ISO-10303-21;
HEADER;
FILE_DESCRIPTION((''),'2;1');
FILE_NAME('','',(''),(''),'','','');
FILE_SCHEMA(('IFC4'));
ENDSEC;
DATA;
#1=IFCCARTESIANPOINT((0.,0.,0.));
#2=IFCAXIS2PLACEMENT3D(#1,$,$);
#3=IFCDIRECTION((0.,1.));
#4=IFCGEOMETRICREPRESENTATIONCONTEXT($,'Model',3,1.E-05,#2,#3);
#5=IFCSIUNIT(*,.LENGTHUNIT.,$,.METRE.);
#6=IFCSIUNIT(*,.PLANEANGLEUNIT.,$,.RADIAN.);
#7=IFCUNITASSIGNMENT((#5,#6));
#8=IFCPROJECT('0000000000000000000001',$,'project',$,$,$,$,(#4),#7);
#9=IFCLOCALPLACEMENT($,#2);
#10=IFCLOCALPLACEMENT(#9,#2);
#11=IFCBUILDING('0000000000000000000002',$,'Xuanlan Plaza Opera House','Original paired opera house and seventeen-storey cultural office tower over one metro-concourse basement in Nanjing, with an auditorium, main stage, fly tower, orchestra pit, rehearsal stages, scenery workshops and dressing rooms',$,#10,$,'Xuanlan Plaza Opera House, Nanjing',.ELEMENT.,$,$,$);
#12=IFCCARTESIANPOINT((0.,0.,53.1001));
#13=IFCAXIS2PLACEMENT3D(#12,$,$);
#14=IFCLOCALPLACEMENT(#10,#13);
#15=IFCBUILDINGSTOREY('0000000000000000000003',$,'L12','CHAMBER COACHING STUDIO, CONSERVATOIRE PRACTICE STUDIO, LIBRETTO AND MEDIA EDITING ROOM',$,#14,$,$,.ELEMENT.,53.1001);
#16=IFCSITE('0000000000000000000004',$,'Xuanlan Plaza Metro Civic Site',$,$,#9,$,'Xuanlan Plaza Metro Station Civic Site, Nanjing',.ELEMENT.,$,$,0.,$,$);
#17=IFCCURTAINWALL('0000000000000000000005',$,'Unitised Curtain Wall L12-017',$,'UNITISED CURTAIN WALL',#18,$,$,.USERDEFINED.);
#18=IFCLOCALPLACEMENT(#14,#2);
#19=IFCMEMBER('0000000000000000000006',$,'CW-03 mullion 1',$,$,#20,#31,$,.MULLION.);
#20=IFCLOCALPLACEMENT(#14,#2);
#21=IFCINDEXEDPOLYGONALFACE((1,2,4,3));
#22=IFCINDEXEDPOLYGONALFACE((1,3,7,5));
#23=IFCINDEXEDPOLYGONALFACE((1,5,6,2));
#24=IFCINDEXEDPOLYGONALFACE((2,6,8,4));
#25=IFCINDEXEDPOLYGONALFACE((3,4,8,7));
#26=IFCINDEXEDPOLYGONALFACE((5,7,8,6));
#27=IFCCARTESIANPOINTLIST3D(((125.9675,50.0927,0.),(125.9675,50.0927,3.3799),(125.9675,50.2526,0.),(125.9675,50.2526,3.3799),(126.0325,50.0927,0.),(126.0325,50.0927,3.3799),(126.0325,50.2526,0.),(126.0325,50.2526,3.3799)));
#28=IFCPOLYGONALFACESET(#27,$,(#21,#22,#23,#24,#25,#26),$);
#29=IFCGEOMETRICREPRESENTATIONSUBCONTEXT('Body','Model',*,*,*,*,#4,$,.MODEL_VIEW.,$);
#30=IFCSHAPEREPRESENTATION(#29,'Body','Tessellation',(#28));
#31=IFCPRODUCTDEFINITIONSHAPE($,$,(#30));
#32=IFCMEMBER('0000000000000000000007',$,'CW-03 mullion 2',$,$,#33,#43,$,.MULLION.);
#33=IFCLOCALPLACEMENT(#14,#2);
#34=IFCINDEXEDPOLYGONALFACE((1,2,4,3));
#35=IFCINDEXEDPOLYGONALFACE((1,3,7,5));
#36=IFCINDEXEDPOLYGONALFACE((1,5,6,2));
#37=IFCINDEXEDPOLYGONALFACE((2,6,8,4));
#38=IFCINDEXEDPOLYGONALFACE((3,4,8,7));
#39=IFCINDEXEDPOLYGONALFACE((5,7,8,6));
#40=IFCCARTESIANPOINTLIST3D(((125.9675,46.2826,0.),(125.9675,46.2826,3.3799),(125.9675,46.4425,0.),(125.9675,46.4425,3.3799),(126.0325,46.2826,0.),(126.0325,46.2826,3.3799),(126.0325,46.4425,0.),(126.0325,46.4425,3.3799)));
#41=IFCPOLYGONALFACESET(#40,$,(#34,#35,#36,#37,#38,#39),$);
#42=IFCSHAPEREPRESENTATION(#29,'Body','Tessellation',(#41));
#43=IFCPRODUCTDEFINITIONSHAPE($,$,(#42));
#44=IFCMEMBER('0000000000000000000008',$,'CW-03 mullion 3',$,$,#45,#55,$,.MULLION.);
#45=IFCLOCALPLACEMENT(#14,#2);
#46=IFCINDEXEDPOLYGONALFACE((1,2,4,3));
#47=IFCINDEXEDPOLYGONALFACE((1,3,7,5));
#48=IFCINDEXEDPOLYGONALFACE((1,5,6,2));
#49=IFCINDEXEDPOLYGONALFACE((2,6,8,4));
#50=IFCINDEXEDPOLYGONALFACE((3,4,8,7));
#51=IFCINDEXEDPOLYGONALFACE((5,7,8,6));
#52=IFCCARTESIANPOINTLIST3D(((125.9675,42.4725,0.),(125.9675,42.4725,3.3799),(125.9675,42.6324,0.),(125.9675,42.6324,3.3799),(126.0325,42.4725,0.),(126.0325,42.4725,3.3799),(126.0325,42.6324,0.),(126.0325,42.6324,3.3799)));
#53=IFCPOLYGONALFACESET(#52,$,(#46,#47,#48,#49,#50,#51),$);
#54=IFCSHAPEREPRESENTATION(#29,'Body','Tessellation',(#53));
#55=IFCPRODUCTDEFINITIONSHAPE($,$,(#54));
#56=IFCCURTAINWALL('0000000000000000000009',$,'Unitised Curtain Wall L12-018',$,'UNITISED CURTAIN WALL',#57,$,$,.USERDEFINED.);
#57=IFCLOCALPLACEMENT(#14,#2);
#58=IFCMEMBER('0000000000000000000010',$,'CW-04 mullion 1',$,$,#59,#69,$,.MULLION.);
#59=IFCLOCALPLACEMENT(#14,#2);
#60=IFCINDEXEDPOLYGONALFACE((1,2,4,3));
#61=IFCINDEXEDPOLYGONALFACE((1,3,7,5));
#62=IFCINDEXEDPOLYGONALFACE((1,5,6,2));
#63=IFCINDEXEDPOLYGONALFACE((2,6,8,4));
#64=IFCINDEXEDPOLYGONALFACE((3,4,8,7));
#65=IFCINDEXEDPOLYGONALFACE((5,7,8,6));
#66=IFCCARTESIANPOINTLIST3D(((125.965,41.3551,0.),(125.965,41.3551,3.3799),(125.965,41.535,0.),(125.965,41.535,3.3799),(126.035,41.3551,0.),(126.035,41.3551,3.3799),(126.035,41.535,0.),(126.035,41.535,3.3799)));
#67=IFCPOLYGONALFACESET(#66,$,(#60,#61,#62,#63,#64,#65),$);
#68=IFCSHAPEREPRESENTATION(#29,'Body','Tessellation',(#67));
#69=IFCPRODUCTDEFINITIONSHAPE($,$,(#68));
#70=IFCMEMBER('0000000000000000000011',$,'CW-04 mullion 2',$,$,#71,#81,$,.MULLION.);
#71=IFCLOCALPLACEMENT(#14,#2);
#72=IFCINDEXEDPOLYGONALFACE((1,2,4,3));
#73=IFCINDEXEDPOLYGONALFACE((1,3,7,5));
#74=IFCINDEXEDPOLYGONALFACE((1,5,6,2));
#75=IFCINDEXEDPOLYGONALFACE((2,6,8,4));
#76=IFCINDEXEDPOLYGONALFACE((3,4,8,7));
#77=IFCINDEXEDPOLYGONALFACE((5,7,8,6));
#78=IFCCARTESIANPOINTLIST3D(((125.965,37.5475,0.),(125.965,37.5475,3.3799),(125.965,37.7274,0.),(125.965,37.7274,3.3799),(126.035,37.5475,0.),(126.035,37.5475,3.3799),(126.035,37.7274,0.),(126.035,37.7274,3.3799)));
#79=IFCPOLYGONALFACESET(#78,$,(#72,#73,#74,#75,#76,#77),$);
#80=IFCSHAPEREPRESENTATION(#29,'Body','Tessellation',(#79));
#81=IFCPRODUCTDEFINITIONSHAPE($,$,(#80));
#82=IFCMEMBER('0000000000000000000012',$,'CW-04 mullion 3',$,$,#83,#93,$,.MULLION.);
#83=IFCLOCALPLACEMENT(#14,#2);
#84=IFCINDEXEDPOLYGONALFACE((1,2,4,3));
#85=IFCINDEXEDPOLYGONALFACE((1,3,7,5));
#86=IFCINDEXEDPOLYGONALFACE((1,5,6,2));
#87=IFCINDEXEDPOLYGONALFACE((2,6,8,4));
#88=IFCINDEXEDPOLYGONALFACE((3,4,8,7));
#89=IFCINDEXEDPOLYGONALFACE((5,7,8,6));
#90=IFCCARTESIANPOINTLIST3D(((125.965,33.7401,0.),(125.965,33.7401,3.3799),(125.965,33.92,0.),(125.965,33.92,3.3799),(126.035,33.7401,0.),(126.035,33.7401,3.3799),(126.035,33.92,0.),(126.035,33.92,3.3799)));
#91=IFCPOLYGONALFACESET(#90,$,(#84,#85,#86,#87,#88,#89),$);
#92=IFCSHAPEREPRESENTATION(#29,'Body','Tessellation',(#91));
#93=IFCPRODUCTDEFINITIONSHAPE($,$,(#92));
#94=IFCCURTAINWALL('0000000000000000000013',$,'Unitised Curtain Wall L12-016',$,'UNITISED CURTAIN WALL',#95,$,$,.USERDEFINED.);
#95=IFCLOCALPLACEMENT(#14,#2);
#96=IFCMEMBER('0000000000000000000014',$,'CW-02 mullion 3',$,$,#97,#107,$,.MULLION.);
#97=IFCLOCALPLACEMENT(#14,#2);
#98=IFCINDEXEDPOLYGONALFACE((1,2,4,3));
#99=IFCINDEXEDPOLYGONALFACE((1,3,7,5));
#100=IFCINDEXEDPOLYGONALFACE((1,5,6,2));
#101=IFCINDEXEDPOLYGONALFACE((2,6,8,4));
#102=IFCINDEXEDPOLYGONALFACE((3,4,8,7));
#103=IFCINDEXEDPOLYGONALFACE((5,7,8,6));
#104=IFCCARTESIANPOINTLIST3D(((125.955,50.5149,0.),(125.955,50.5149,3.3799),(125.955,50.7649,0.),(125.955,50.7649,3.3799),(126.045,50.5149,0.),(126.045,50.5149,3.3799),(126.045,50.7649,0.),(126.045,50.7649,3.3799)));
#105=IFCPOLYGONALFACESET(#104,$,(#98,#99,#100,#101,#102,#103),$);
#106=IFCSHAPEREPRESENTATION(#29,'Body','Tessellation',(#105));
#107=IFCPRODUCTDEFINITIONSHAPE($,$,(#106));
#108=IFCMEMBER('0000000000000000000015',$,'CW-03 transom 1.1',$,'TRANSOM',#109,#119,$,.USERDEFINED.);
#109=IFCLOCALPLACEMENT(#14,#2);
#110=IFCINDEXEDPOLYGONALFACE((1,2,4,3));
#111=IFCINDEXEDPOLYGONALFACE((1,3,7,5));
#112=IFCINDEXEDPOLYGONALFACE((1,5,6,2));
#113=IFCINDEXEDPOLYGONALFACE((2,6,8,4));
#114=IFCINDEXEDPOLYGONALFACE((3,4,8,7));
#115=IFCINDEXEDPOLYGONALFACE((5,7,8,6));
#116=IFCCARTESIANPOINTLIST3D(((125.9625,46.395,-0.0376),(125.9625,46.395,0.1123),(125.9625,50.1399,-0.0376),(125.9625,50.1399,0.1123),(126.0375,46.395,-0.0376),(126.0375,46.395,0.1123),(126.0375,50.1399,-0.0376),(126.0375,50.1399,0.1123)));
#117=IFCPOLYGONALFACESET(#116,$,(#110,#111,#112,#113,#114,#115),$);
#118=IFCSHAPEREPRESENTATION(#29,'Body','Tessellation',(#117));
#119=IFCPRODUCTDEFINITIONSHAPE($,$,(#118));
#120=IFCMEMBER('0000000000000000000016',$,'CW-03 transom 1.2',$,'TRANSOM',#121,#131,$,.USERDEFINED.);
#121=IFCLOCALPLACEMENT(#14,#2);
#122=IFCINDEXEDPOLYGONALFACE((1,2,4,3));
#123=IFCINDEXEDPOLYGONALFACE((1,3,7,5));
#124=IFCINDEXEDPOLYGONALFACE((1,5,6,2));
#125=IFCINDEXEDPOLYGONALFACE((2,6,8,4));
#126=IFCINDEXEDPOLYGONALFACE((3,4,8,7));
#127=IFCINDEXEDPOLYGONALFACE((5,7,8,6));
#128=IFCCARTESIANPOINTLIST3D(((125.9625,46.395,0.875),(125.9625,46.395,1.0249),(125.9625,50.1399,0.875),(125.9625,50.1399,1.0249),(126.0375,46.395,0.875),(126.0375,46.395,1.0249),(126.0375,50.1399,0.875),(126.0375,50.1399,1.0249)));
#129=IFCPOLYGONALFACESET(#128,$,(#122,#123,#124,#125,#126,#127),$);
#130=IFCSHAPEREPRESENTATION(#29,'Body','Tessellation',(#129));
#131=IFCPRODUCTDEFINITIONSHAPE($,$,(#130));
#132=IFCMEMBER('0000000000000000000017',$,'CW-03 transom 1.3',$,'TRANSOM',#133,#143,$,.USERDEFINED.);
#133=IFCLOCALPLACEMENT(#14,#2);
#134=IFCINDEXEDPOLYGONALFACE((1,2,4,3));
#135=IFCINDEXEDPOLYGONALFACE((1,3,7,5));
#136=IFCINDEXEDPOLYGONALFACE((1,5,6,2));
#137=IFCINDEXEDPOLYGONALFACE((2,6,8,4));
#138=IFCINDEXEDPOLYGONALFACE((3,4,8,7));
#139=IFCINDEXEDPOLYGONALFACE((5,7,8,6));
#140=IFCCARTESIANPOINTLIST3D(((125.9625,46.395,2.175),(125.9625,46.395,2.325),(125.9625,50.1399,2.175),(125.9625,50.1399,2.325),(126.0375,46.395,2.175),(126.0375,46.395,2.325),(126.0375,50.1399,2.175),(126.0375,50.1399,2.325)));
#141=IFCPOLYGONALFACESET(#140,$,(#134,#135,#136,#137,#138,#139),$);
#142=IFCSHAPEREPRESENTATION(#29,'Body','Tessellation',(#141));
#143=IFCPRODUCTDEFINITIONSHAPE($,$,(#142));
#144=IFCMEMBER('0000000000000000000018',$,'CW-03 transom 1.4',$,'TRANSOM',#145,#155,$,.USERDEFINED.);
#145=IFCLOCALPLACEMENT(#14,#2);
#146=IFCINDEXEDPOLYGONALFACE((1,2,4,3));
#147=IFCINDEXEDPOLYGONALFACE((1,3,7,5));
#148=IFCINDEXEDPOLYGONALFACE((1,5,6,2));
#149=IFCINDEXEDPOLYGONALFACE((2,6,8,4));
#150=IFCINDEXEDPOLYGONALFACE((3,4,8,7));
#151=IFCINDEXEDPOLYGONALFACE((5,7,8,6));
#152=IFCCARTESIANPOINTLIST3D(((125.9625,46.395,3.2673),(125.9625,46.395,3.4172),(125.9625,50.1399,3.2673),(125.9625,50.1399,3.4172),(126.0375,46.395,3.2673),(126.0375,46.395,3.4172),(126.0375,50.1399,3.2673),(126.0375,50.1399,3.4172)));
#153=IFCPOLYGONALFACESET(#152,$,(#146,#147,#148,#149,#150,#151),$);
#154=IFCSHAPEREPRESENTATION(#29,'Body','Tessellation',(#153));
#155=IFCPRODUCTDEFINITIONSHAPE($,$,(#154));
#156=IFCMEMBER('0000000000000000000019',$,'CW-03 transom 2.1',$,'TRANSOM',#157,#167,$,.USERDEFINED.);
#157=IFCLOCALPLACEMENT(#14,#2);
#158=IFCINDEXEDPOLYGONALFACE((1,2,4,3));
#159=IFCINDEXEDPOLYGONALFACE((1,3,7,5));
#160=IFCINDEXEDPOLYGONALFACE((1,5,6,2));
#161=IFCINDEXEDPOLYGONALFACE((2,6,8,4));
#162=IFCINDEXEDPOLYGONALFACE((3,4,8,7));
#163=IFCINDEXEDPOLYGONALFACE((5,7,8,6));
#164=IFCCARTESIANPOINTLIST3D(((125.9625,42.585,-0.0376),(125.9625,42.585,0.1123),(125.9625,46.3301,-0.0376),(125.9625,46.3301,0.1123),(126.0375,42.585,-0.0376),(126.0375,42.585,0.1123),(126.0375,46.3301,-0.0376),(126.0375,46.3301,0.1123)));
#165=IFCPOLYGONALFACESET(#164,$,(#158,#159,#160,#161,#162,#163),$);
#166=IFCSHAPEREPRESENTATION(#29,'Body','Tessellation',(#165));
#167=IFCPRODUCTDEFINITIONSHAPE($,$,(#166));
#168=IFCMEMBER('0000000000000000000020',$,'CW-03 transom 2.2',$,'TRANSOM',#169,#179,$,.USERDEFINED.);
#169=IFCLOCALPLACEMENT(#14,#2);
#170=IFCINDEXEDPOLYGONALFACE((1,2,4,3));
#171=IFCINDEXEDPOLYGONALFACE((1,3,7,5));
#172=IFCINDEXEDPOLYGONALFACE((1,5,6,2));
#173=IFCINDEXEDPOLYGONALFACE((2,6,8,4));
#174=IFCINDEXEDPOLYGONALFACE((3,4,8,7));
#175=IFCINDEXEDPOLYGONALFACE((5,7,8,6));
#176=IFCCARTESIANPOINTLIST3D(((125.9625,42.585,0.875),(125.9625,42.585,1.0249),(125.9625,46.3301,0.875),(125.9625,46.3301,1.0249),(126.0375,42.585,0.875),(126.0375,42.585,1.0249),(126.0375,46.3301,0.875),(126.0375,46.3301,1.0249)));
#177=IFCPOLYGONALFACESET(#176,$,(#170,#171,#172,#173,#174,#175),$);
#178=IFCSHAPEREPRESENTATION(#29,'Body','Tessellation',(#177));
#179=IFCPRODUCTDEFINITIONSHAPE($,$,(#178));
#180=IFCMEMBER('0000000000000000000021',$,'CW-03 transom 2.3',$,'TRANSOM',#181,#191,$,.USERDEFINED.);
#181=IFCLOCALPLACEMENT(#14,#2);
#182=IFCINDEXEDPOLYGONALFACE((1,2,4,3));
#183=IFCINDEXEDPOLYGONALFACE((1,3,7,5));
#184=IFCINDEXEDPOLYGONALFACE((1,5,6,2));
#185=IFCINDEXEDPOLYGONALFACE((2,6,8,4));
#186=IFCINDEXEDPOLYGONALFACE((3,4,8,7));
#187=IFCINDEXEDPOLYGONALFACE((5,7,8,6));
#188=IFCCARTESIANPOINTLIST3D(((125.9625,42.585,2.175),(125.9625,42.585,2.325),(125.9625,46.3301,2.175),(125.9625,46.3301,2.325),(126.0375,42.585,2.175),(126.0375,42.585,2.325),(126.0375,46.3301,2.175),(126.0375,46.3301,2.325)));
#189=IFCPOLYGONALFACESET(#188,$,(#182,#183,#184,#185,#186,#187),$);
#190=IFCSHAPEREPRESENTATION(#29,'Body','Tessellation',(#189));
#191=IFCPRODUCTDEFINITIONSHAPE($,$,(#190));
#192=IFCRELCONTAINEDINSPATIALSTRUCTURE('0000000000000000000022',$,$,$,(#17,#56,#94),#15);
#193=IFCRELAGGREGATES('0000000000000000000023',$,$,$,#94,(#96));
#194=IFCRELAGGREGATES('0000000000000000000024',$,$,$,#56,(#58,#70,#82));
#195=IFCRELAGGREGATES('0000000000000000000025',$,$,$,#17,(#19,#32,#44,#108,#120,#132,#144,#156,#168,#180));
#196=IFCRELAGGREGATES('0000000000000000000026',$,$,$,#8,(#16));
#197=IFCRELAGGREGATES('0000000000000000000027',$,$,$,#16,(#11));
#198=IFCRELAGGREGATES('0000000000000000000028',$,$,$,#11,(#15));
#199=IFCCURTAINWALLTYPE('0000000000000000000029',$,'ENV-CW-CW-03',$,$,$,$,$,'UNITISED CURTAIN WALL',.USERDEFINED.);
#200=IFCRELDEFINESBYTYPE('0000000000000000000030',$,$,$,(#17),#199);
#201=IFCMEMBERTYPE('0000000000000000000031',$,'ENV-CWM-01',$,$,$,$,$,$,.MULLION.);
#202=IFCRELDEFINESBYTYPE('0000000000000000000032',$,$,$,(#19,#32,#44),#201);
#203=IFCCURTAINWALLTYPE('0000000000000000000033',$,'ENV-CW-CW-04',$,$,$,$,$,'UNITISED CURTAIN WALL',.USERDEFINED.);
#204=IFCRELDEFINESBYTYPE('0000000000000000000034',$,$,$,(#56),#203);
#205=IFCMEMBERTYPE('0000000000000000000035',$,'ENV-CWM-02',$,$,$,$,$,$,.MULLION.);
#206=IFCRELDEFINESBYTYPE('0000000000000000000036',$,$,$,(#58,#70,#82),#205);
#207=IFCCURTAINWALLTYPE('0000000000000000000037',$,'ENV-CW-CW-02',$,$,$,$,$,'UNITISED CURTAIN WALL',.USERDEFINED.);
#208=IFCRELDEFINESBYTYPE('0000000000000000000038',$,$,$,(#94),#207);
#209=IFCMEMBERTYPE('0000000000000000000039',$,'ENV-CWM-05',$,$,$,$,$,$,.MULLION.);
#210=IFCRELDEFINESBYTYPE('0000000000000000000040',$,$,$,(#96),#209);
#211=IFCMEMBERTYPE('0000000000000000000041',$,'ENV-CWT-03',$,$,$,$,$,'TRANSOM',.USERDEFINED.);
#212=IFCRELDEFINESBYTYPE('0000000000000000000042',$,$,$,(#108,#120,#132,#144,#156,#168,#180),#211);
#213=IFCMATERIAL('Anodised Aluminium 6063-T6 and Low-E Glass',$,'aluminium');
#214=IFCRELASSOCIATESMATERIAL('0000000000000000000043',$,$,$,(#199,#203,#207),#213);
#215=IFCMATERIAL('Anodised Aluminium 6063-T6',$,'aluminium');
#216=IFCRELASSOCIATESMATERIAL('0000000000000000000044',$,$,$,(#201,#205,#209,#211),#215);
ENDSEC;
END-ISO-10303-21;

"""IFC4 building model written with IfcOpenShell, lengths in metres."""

from ifc_helpers import new_model, si_unit, direction, frame, origin, origin_2d, place, context, subcontext, project, spatial, rectangle, extrude, material, material_profile, profile_set, type_object, element, aggregate, save


model = new_model("IFC4")

# Units and contexts
model_context = context("Model", 3, precision=1e-05, world=origin(), true_north=direction((0.0, 1.0)))
body_context = subcontext(model_context, "Body", "Model", "MODEL_VIEW")
ifc_project = project(units=[si_unit("LENGTHUNIT", "METRE"), si_unit("PLANEANGLEUNIT", "RADIAN")], contexts=[model_context])

# Site, building, storey
site_placement = place(None, origin())
site = spatial("IfcSite", under=ifc_project, at=site_placement, Name="Xuanlan Plaza Metro Civic Site", LongName="Xuanlan Plaza Metro Station Civic Site, Nanjing", CompositionType="ELEMENT", RefElevation=0.0)
building_placement = place(site_placement, origin())
building = spatial("IfcBuilding", under=site, at=building_placement, Name="Xuanlan Plaza Opera House", Description="Original paired opera house and seventeen-storey cultural office tower over one metro-concourse basement in Nanjing, with an auditorium, main stage, fly tower, orchestra pit, rehearsal stages, scenery workshops and dressing rooms", LongName="Xuanlan Plaza Opera House, Nanjing", CompositionType="ELEMENT")
storey_placement = place(building_placement, frame((0.0, 0.0, 53.1001)))
storey = spatial("IfcBuildingStorey", under=building, at=storey_placement, Name="L12", Description="CHAMBER COACHING STUDIO, CONSERVATOIRE PRACTICE STUDIO, LIBRETTO AND MEDIA EDITING ROOM", CompositionType="ELEMENT", Elevation=53.1001)

# Curtain walls, members
ifc_material_1 = material(Name="Anodised Aluminium 6063-T6 and Low-E Glass", Category="aluminium")
curtain_wall_type_1 = type_object("IfcCurtainWallType", Name="ENV-CW-CW-03", ElementType="UNITISED CURTAIN WALL", PredefinedType="USERDEFINED", material=ifc_material_1)
curtain_wall_1_placement = place(storey_placement, origin())
curtain_wall_1 = element("IfcCurtainWall", 1, at=curtain_wall_1_placement, inside=storey, type_object=curtain_wall_type_1, Name="Unitised Curtain Wall L12-017", ObjectType="UNITISED CURTAIN WALL", PredefinedType="USERDEFINED")
ifc_material_2 = material(Name="Anodised Aluminium 6063-T6", Category="aluminium")
ifc_material_profile_1 = material_profile(ifc_material_2, rectangle(XDim=0.0649, YDim=0.1599, at=origin_2d()), Name="ALU-M 65x160")
ifc_profile_set_1 = profile_set([ifc_material_profile_1], Name="Anodised Aluminium 6063-T6")
member_type_1 = type_object("IfcMemberType", Name="ENV-CWM-01", PredefinedType="MULLION", material=ifc_profile_set_1)
member_1_placement = place(storey_placement, frame((126.0, 50.1726, 0.0), z_axis=(0.0, 0.0, 1.0), x_axis=(1.0, 0.0, 0.0)))
member_1 = element("IfcMember", 2, at=member_1_placement, type_object=member_type_1, Name="CW-03 mullion 1", PredefinedType="MULLION", context=body_context, shape_type="SweptSolid", body=[
    extrude(rectangle(XDim=0.0649, YDim=0.1599, at=origin_2d()), origin(), (0.0, 0.0, 1.0), 3.3799),
])
member_2_placement = place(storey_placement, frame((126.0, 46.3625, 0.0), z_axis=(0.0, 0.0, 1.0), x_axis=(1.0, 0.0, 0.0)))
member_2 = element("IfcMember", 3, at=member_2_placement, type_object=member_type_1, Name="CW-03 mullion 2", PredefinedType="MULLION", context=body_context, shape_type="SweptSolid", body=[
    extrude(rectangle(XDim=0.0649, YDim=0.1599, at=origin_2d()), origin(), (0.0, 0.0, 1.0), 3.3799),
])
member_3_placement = place(storey_placement, frame((126.0, 42.5525, 0.0), z_axis=(0.0, 0.0, 1.0), x_axis=(1.0, 0.0, 0.0)))
member_3 = element("IfcMember", 4, at=member_3_placement, type_object=member_type_1, Name="CW-03 mullion 3", PredefinedType="MULLION", context=body_context, shape_type="SweptSolid", body=[
    extrude(rectangle(XDim=0.0649, YDim=0.1599, at=origin_2d()), origin(), (0.0, 0.0, 1.0), 3.3799),
])
curtain_wall_type_2 = type_object("IfcCurtainWallType", Name="ENV-CW-CW-04", ElementType="UNITISED CURTAIN WALL", PredefinedType="USERDEFINED", material=ifc_material_1)
curtain_wall_2_placement = place(storey_placement, origin())
curtain_wall_2 = element("IfcCurtainWall", 5, at=curtain_wall_2_placement, inside=storey, type_object=curtain_wall_type_2, Name="Unitised Curtain Wall L12-018", ObjectType="UNITISED CURTAIN WALL", PredefinedType="USERDEFINED")
ifc_material_profile_2 = material_profile(ifc_material_2, rectangle(XDim=0.0701, YDim=0.1799, at=origin_2d()), Name="ALU-M 70x180")
ifc_profile_set_2 = profile_set([ifc_material_profile_2], Name="Anodised Aluminium 6063-T6")
member_type_2 = type_object("IfcMemberType", Name="ENV-CWM-02", PredefinedType="MULLION", material=ifc_profile_set_2)
member_4_placement = place(storey_placement, frame((126.0, 41.4451, 0.0), z_axis=(0.0, 0.0, 1.0), x_axis=(1.0, 0.0, 0.0)))
member_4 = element("IfcMember", 6, at=member_4_placement, type_object=member_type_2, Name="CW-04 mullion 1", PredefinedType="MULLION", context=body_context, shape_type="SweptSolid", body=[
    extrude(rectangle(XDim=0.0701, YDim=0.1799, at=origin_2d()), origin(), (0.0, 0.0, 1.0), 3.3799),
])
member_5_placement = place(storey_placement, frame((126.0, 37.6375, 0.0), z_axis=(0.0, 0.0, 1.0), x_axis=(1.0, 0.0, 0.0)))
member_5 = element("IfcMember", 7, at=member_5_placement, type_object=member_type_2, Name="CW-04 mullion 2", PredefinedType="MULLION", context=body_context, shape_type="SweptSolid", body=[
    extrude(rectangle(XDim=0.0701, YDim=0.1799, at=origin_2d()), origin(), (0.0, 0.0, 1.0), 3.3799),
])
member_6_placement = place(storey_placement, frame((126.0, 33.8301, 0.0), z_axis=(0.0, 0.0, 1.0), x_axis=(1.0, 0.0, 0.0)))
member_6 = element("IfcMember", 8, at=member_6_placement, type_object=member_type_2, Name="CW-04 mullion 3", PredefinedType="MULLION", context=body_context, shape_type="SweptSolid", body=[
    extrude(rectangle(XDim=0.0701, YDim=0.1799, at=origin_2d()), origin(), (0.0, 0.0, 1.0), 3.3799),
])

# Curtain wall, member
curtain_wall_type_3 = type_object("IfcCurtainWallType", Name="ENV-CW-CW-02", ElementType="UNITISED CURTAIN WALL", PredefinedType="USERDEFINED", material=ifc_material_1)
curtain_wall_3_placement = place(storey_placement, origin())
curtain_wall_3 = element("IfcCurtainWall", 9, at=curtain_wall_3_placement, inside=storey, type_object=curtain_wall_type_3, Name="Unitised Curtain Wall L12-016", ObjectType="UNITISED CURTAIN WALL", PredefinedType="USERDEFINED")
ifc_material_profile_3 = material_profile(ifc_material_2, rectangle(XDim=0.0901, YDim=0.25, at=origin_2d()), Name="ALU-M 90x250")
ifc_profile_set_3 = profile_set([ifc_material_profile_3], Name="Anodised Aluminium 6063-T6")
member_type_3 = type_object("IfcMemberType", Name="ENV-CWM-05", PredefinedType="MULLION", material=ifc_profile_set_3)
member_7_placement = place(storey_placement, frame((126.0, 50.6399, 0.0), z_axis=(0.0, 0.0, 1.0), x_axis=(1.0, 0.0, 0.0)))
member_7 = element("IfcMember", 10, at=member_7_placement, type_object=member_type_3, Name="CW-02 mullion 3", PredefinedType="MULLION", context=body_context, shape_type="SweptSolid", body=[
    extrude(rectangle(XDim=0.0901, YDim=0.25, at=origin_2d()), origin(), (0.0, 0.0, 1.0), 3.3799),
])
aggregate(curtain_wall_3, [member_7])

# Members
ifc_material_profile_4 = material_profile(ifc_material_2, rectangle(XDim=0.075, YDim=0.1499, at=origin_2d()), Name="ALU-T 75x150")
ifc_profile_set_4 = profile_set([ifc_material_profile_4], Name="Anodised Aluminium 6063-T6")
member_type_4 = type_object("IfcMemberType", Name="ENV-CWT-03", ElementType="TRANSOM", PredefinedType="USERDEFINED", material=ifc_profile_set_4)
member_8_placement = place(storey_placement, frame((126.0, 50.1399, 0.0374), z_axis=(0.0, -1.0, 0.0), x_axis=(1.0, 0.0, 0.0)))
member_8 = element("IfcMember", 11, at=member_8_placement, type_object=member_type_4, Name="CW-03 transom 1.1", ObjectType="TRANSOM", PredefinedType="USERDEFINED", context=body_context, shape_type="SweptSolid", body=[
    extrude(rectangle(XDim=0.075, YDim=0.1499, at=origin_2d()), origin(), (0.0, 0.0, 1.0), 3.7449),
])
member_9_placement = place(storey_placement, frame((126.0, 50.1399, 0.95), z_axis=(0.0, -1.0, 0.0), x_axis=(1.0, 0.0, 0.0)))
member_9 = element("IfcMember", 12, at=member_9_placement, type_object=member_type_4, Name="CW-03 transom 1.2", ObjectType="TRANSOM", PredefinedType="USERDEFINED", context=body_context, shape_type="SweptSolid", body=[
    extrude(rectangle(XDim=0.075, YDim=0.1499, at=origin_2d()), origin(), (0.0, 0.0, 1.0), 3.7449),
])
member_10_placement = place(storey_placement, frame((126.0, 50.1399, 2.25), z_axis=(0.0, -1.0, 0.0), x_axis=(1.0, 0.0, 0.0)))
member_10 = element("IfcMember", 13, at=member_10_placement, type_object=member_type_4, Name="CW-03 transom 1.3", ObjectType="TRANSOM", PredefinedType="USERDEFINED", context=body_context, shape_type="SweptSolid", body=[
    extrude(rectangle(XDim=0.075, YDim=0.1499, at=origin_2d()), origin(), (0.0, 0.0, 1.0), 3.7449),
])
member_11_placement = place(storey_placement, frame((126.0, 50.1399, 3.3423), z_axis=(0.0, -1.0, 0.0), x_axis=(1.0, 0.0, 0.0)))
member_11 = element("IfcMember", 14, at=member_11_placement, type_object=member_type_4, Name="CW-03 transom 1.4", ObjectType="TRANSOM", PredefinedType="USERDEFINED", context=body_context, shape_type="SweptSolid", body=[
    extrude(rectangle(XDim=0.075, YDim=0.1499, at=origin_2d()), origin(), (0.0, 0.0, 1.0), 3.7449),
])
member_12_placement = place(storey_placement, frame((126.0, 46.3301, 0.0374), z_axis=(0.0, -1.0, 0.0), x_axis=(1.0, 0.0, 0.0)))
member_12 = element("IfcMember", 15, at=member_12_placement, type_object=member_type_4, Name="CW-03 transom 2.1", ObjectType="TRANSOM", PredefinedType="USERDEFINED", context=body_context, shape_type="SweptSolid", body=[
    extrude(rectangle(XDim=0.075, YDim=0.1499, at=origin_2d()), origin(), (0.0, 0.0, 1.0), 3.7451),
])
member_13_placement = place(storey_placement, frame((126.0, 46.3301, 0.95), z_axis=(0.0, -1.0, 0.0), x_axis=(1.0, 0.0, 0.0)))
member_13 = element("IfcMember", 16, at=member_13_placement, type_object=member_type_4, Name="CW-03 transom 2.2", ObjectType="TRANSOM", PredefinedType="USERDEFINED", context=body_context, shape_type="SweptSolid", body=[
    extrude(rectangle(XDim=0.075, YDim=0.1499, at=origin_2d()), origin(), (0.0, 0.0, 1.0), 3.7451),
])
member_14_placement = place(storey_placement, frame((126.0, 46.3301, 2.25), z_axis=(0.0, -1.0, 0.0), x_axis=(1.0, 0.0, 0.0)))
member_14 = element("IfcMember", 17, at=member_14_placement, type_object=member_type_4, Name="CW-03 transom 2.3", ObjectType="TRANSOM", PredefinedType="USERDEFINED", context=body_context, shape_type="SweptSolid", body=[
    extrude(rectangle(XDim=0.075, YDim=0.1499, at=origin_2d()), origin(), (0.0, 0.0, 1.0), 3.7451),
])

aggregate(curtain_wall_2, [member_4, member_5, member_6])
aggregate(curtain_wall_1, [member_1, member_2, member_3, member_8, member_9, member_10, member_11, member_12, member_13, member_14])

save(model, "model.ifc")
